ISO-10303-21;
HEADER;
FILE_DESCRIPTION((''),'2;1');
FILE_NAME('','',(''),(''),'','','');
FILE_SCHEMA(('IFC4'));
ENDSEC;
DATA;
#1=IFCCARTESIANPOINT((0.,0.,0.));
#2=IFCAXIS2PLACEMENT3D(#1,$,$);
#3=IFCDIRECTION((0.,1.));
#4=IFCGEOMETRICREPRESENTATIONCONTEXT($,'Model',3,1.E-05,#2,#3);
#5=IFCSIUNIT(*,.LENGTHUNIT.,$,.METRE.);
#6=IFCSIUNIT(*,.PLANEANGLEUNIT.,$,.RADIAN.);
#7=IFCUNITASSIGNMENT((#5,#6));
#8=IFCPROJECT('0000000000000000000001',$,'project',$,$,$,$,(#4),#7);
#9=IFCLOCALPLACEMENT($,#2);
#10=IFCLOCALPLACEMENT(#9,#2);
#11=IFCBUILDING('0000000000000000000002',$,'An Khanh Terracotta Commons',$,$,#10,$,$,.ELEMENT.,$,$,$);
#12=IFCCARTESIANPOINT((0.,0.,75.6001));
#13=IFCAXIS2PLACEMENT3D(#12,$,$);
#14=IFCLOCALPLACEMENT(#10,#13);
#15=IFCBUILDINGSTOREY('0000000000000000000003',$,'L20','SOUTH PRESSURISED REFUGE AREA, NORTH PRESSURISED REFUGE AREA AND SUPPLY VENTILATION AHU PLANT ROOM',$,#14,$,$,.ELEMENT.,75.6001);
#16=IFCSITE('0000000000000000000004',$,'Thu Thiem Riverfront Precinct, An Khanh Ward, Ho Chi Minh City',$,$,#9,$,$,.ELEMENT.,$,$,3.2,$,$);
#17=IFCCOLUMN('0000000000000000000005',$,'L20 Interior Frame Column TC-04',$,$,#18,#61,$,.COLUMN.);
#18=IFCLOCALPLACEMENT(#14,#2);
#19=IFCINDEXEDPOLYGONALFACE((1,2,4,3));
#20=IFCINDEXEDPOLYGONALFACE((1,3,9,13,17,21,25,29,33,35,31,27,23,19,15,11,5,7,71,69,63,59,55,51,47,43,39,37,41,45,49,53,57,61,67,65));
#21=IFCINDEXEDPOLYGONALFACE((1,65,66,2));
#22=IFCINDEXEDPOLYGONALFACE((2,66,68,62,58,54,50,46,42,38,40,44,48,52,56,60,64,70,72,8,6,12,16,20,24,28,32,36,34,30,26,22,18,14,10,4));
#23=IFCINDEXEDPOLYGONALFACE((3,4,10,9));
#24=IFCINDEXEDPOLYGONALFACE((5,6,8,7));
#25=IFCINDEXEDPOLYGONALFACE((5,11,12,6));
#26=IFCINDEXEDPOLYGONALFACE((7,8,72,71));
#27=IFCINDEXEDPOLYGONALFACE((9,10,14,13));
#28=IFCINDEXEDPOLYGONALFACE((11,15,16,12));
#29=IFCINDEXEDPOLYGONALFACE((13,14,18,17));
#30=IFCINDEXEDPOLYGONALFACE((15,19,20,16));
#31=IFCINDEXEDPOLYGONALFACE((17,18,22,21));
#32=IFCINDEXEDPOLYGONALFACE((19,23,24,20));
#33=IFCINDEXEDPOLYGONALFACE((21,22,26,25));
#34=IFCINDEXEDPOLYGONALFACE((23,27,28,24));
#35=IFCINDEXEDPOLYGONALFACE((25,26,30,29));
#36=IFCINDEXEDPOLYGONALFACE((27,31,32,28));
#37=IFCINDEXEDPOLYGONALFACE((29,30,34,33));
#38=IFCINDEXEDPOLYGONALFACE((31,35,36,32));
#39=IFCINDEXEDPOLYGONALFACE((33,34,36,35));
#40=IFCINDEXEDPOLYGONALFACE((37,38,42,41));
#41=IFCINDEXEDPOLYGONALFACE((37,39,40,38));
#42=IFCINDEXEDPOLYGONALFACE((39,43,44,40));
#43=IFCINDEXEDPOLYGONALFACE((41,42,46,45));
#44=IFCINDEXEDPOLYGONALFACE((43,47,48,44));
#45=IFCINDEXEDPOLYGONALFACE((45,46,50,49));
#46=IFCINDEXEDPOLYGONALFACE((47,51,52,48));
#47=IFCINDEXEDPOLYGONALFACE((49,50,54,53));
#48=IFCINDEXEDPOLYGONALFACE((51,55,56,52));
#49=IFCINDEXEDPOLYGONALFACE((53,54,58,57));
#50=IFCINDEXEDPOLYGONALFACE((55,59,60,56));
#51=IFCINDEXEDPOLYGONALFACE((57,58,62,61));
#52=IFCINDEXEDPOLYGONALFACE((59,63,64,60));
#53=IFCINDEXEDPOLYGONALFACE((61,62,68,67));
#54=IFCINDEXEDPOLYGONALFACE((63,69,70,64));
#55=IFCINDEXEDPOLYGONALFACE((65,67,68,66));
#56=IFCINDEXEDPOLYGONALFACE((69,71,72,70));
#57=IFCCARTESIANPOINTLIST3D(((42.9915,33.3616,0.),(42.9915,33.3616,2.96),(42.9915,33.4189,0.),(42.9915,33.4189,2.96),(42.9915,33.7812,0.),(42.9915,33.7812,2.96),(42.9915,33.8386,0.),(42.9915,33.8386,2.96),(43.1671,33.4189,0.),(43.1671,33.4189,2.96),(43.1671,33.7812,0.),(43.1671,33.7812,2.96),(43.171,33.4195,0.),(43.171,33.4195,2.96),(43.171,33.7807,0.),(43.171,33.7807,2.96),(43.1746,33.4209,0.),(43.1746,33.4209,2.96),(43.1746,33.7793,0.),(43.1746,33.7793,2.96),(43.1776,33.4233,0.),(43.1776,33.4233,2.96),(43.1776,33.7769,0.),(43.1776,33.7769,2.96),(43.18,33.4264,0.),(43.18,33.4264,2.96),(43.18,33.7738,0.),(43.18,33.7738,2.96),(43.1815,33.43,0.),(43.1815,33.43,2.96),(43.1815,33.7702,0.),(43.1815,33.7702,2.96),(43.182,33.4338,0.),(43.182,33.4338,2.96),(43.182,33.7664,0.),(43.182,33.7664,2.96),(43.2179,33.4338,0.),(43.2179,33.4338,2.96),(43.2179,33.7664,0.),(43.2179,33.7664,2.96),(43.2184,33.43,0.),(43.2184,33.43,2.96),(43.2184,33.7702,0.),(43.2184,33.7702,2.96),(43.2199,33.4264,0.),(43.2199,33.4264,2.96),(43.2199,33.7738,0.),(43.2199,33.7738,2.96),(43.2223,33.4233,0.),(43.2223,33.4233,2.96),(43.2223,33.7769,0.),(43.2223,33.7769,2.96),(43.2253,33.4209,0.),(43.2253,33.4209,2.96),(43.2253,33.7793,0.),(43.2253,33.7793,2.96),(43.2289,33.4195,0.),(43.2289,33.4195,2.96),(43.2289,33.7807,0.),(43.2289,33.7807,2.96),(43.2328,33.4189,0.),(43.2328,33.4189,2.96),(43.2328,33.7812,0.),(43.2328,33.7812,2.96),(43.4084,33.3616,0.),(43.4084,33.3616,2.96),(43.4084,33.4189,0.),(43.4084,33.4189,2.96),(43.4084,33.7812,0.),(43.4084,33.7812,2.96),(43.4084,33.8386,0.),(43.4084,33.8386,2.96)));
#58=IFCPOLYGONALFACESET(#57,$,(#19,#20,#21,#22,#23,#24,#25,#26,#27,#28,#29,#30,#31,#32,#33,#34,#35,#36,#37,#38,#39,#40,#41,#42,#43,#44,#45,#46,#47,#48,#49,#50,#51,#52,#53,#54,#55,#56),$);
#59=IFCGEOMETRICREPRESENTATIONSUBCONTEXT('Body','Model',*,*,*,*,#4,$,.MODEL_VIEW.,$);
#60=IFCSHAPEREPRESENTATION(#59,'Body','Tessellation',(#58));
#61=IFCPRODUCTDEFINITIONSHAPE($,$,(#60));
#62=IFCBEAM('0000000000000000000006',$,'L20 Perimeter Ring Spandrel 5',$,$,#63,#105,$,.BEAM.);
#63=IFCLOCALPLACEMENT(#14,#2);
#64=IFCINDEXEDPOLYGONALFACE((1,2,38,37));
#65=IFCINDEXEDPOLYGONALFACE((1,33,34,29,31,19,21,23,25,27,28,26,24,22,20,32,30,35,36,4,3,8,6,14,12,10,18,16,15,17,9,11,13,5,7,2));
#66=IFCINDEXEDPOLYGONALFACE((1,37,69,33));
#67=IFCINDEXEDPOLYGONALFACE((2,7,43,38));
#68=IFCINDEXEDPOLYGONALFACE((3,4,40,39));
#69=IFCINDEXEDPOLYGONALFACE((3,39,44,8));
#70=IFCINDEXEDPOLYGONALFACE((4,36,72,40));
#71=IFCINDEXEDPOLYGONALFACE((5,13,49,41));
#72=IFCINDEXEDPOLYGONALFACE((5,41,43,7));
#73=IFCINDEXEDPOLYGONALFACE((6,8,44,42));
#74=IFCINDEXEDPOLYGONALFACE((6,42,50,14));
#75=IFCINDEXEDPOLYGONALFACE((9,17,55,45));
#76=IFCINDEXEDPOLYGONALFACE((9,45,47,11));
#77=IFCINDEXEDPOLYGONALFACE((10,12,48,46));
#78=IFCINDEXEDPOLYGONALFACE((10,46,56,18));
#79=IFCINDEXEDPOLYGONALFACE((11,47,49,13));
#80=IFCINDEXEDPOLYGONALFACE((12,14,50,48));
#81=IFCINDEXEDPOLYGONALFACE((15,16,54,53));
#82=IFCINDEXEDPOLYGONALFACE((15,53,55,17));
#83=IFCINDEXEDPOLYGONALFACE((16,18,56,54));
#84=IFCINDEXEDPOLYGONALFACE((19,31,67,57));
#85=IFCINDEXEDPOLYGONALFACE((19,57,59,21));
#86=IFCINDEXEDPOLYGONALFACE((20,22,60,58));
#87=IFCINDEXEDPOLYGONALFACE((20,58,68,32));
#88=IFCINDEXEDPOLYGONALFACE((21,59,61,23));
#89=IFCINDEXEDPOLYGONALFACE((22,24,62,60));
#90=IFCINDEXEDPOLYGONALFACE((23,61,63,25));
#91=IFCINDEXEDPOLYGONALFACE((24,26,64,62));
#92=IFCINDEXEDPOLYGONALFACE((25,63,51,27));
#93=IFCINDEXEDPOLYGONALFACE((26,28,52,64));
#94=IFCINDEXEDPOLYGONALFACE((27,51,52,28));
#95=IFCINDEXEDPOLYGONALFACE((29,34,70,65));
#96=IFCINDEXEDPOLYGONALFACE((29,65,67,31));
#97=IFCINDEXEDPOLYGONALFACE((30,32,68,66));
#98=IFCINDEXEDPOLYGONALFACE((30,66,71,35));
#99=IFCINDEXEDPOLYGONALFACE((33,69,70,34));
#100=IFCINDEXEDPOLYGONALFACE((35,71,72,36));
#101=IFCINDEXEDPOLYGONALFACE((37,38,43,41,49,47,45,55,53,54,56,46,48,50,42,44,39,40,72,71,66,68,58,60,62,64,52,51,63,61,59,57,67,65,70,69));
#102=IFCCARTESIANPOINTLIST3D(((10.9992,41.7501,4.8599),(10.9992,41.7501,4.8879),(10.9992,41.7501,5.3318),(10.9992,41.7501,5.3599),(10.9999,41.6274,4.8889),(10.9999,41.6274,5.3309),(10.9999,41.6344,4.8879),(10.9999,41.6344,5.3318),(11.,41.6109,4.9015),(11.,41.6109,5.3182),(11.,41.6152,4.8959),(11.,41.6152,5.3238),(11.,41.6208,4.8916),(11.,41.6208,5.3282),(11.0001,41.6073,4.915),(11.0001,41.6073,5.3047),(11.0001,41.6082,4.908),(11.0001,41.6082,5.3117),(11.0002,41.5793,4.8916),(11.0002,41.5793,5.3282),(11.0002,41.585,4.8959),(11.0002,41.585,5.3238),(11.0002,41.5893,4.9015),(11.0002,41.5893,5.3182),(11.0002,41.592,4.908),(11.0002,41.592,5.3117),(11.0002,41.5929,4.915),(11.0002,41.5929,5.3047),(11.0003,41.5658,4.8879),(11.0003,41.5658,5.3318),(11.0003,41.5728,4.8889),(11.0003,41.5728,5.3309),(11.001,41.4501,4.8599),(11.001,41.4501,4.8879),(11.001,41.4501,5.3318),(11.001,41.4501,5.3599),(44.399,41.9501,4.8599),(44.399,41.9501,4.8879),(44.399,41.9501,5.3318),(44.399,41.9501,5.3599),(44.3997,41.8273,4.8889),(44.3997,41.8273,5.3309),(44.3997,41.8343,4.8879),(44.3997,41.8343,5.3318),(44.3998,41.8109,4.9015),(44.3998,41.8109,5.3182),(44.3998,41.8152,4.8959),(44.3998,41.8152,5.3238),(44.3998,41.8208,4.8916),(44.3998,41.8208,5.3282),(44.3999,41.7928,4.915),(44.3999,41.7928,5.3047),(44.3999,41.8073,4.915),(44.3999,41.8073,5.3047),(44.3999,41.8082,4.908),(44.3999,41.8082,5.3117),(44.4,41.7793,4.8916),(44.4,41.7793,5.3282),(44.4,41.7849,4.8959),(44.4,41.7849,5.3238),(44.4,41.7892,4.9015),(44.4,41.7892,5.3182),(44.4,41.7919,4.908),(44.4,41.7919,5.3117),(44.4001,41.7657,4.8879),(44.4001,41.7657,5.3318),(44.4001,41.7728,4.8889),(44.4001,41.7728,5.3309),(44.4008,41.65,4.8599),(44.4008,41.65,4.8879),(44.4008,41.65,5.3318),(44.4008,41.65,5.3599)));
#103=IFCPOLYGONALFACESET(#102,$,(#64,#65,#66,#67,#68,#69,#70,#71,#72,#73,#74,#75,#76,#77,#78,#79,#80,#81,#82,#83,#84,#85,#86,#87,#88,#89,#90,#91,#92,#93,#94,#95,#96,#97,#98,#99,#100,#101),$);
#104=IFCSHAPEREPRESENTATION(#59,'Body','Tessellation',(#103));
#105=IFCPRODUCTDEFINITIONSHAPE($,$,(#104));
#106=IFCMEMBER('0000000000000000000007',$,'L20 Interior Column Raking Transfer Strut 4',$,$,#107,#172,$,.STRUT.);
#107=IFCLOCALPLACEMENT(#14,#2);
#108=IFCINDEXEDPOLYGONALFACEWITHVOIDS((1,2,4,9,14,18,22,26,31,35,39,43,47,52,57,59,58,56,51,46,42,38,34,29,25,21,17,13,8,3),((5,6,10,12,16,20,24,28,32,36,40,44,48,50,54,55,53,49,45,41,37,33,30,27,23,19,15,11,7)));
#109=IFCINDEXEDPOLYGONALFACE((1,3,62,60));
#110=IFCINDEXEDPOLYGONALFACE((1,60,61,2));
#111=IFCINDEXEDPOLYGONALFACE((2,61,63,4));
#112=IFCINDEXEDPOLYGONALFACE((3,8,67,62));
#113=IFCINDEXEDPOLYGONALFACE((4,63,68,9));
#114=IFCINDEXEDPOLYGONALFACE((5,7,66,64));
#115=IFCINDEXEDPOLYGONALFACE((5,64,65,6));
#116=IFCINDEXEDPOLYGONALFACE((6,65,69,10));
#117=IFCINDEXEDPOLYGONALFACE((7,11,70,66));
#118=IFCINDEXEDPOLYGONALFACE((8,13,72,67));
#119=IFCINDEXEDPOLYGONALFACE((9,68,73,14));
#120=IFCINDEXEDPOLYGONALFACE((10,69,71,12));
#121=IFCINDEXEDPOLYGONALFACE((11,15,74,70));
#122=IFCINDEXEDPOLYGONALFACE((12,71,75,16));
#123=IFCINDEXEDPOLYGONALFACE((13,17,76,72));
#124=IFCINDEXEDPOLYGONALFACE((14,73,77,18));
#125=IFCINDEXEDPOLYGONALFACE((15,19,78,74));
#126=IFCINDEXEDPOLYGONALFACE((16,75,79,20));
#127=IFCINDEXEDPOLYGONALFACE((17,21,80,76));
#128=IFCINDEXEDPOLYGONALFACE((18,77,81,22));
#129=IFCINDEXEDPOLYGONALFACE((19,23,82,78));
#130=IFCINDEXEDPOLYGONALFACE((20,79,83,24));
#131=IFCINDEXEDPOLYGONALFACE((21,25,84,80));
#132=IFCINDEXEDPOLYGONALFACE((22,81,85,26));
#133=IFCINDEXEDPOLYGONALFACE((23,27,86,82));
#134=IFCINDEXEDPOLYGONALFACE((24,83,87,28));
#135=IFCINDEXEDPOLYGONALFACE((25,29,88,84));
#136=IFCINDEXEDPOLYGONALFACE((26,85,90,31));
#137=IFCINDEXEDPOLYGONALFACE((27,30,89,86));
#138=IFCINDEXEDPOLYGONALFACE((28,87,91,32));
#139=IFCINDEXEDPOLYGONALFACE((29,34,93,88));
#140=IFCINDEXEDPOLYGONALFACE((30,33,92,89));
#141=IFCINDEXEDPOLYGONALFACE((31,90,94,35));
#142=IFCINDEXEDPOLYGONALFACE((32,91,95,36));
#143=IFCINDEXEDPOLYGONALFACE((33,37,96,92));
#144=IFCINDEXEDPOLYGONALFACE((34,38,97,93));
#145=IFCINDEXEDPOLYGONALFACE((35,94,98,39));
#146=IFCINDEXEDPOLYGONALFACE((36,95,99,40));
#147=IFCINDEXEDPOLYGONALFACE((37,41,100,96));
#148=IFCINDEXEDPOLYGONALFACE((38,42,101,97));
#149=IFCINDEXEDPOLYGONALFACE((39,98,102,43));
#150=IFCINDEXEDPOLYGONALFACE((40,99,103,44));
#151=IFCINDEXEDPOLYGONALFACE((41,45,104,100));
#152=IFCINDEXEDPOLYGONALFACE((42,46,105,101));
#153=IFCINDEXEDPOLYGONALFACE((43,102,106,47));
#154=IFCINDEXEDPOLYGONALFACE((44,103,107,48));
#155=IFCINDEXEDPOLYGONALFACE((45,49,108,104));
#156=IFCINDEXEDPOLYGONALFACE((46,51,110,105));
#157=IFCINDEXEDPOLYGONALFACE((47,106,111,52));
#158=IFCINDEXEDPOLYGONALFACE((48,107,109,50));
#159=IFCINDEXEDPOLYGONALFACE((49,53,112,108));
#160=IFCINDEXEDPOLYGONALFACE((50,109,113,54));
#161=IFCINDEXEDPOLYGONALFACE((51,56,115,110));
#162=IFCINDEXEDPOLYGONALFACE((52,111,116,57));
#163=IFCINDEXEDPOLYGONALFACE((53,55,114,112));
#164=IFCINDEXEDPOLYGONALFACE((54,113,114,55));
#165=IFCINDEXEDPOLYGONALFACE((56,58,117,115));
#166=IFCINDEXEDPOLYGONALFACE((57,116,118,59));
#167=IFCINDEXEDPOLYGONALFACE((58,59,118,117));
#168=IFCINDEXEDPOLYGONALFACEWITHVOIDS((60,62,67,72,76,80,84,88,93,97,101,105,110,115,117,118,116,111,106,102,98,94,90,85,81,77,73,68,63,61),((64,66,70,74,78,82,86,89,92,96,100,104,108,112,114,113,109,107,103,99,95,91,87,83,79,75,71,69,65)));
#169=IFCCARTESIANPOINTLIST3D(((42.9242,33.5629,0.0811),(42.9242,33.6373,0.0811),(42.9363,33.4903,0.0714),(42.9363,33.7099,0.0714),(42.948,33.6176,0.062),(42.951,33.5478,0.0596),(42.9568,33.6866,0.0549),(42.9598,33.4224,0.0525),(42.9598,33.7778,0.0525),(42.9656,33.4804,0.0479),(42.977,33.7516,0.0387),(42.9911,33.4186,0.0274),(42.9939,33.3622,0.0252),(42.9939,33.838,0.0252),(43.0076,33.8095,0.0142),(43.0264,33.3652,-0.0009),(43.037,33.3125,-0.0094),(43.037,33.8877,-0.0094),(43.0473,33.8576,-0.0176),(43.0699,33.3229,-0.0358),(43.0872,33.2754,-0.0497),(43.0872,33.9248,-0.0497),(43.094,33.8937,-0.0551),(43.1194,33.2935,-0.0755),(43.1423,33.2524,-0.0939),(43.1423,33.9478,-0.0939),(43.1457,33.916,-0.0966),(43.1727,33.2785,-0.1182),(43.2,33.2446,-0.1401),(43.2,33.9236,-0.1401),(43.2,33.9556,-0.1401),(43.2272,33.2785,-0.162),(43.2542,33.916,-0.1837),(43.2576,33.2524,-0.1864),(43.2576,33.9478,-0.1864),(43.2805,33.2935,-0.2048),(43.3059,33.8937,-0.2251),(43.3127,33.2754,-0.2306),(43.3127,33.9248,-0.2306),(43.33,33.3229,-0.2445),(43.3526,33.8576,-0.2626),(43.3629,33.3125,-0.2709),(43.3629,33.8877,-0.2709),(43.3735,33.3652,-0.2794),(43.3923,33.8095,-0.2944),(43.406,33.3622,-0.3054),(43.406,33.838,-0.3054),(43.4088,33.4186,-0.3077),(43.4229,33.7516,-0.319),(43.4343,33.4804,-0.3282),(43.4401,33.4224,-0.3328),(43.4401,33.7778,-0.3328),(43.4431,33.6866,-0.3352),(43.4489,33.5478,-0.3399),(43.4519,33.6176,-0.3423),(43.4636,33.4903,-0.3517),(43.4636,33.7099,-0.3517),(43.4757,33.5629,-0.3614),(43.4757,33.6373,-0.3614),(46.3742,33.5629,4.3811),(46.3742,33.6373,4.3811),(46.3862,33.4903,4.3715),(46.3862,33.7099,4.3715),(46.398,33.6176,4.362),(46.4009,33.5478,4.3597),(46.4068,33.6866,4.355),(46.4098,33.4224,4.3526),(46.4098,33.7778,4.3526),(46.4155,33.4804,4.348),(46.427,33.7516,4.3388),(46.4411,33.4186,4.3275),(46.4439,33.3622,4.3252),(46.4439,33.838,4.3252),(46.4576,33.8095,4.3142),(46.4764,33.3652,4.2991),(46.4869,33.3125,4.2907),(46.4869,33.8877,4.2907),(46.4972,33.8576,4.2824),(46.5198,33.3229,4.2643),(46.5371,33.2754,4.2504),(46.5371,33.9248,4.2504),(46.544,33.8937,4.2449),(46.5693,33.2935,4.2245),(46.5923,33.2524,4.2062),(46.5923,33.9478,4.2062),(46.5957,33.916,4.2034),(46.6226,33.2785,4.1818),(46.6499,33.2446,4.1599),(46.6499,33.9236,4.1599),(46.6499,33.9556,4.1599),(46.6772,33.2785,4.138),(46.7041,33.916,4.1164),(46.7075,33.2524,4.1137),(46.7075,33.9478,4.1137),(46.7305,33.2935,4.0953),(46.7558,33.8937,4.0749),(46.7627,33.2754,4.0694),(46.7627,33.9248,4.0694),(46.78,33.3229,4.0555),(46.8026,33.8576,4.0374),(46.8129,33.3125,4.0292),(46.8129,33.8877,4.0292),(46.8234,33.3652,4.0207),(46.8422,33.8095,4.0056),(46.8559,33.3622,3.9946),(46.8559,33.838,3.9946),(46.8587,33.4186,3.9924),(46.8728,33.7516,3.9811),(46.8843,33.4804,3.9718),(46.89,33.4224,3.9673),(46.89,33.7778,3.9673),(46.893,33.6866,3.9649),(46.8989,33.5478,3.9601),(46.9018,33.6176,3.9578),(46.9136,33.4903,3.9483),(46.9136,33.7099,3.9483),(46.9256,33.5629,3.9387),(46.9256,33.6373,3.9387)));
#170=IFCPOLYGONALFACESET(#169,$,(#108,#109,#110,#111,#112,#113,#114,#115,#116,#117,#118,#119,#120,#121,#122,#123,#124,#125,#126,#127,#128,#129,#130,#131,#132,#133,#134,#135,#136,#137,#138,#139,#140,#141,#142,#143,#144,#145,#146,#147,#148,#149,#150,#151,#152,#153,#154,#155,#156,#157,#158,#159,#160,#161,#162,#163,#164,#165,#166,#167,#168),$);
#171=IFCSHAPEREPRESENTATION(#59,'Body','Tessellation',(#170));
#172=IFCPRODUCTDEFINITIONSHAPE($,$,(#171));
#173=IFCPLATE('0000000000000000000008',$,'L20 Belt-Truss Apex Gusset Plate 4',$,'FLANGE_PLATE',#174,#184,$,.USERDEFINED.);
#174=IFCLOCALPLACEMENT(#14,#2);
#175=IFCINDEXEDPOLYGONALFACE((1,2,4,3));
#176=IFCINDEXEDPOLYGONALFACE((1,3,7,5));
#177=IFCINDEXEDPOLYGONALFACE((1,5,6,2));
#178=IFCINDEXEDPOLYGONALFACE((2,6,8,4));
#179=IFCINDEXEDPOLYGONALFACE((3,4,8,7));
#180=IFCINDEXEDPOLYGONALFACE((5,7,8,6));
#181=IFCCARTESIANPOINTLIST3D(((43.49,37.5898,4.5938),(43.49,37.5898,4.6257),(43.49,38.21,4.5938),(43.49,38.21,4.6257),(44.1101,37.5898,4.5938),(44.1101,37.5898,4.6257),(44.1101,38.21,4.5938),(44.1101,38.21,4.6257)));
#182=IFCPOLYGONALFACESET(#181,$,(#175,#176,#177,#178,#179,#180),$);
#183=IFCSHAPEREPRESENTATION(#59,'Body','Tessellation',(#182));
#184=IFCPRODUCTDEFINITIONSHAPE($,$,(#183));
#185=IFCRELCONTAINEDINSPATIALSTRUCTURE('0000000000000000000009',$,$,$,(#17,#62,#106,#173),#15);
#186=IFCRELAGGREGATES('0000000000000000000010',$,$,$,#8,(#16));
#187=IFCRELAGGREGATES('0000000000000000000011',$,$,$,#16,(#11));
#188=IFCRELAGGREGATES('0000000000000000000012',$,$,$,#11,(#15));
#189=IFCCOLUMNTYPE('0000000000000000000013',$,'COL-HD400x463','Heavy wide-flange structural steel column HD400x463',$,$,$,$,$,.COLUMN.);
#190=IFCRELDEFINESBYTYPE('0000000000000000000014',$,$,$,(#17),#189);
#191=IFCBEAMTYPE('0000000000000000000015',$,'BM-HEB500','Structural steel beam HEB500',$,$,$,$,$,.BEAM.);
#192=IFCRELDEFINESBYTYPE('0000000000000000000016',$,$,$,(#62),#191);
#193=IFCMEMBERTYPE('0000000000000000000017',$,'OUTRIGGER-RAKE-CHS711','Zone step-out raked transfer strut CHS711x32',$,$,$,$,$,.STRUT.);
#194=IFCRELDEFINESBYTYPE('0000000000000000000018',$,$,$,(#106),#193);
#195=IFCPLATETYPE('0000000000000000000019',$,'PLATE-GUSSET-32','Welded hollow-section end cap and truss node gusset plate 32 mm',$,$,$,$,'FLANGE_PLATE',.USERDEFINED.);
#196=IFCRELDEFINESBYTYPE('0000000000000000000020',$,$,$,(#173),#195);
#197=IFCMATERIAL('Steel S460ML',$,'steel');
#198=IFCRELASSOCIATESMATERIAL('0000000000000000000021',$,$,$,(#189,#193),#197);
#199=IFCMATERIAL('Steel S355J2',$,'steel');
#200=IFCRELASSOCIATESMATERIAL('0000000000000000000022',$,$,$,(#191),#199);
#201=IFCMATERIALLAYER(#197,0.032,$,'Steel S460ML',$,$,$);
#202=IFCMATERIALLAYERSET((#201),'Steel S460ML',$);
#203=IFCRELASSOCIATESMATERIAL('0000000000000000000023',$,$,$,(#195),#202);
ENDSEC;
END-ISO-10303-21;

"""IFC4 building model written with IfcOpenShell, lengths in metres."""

from ifc_helpers import new_model, si_unit, direction, frame, origin, origin_2d, place, context, subcontext, project, spatial, rectangle, hollow_circle, i_section, extrude, material, layer, layer_set, material_profile, profile_set, type_object, element, save


model = new_model("IFC4")

# Units and contexts
model_context = context("Model", 3, precision=1e-05, world=origin(), true_north=direction((0.0, 1.0)))
body_context = subcontext(model_context, "Body", "Model", "MODEL_VIEW")
ifc_project = project(units=[si_unit("LENGTHUNIT", "METRE"), si_unit("PLANEANGLEUNIT", "RADIAN")], contexts=[model_context])

# Site, building, storey
site_placement = place(None, origin())
site = spatial("IfcSite", under=ifc_project, at=site_placement, Name="Thu Thiem Riverfront Precinct, An Khanh Ward, Ho Chi Minh City", CompositionType="ELEMENT", RefElevation=3.2)
building_placement = place(site_placement, origin())
building = spatial("IfcBuilding", under=site, at=building_placement, Name="An Khanh Terracotta Commons", CompositionType="ELEMENT")
storey_placement = place(building_placement, frame((0.0, 0.0, 75.6001)))
storey = spatial("IfcBuildingStorey", under=building, at=storey_placement, Name="L20", Description="SOUTH PRESSURISED REFUGE AREA, NORTH PRESSURISED REFUGE AREA AND SUPPLY VENTILATION AHU PLANT ROOM", CompositionType="ELEMENT", Elevation=75.6001)

# Column
ifc_material_1 = material(Name="Steel S460ML", Category="steel")
ifc_material_profile_1 = material_profile(ifc_material_1, i_section(OverallWidth=0.417, OverallDepth=0.4771, WebThickness=0.0359, FlangeThickness=0.0574, FilletRadius=0.0149, at=origin_2d()), Name="HD400x463")
ifc_profile_set_1 = profile_set([ifc_material_profile_1], Name="Steel S460ML")
column_type = type_object("IfcColumnType", Name="COL-HD400x463", Description="Heavy wide-flange structural steel column HD400x463", PredefinedType="COLUMN", material=ifc_profile_set_1)
column_placement = place(storey_placement, frame((43.2, 33.6001, 0.0), z_axis=(0.0, 0.0, 1.0), x_axis=(1.0, 0.0, 0.0)))
element("IfcColumn", 1, at=column_placement, inside=storey, type_object=column_type, Name="L20 Interior Frame Column TC-04", PredefinedType="COLUMN", context=body_context, shape_type="SweptSolid", body=[
    extrude(i_section(OverallWidth=0.417, OverallDepth=0.4771, WebThickness=0.0359, FlangeThickness=0.0574, FilletRadius=0.0149, at=origin_2d()), origin(), (0.0, 0.0, 1.0), 2.96),
])

# Beam
ifc_material_2 = material(Name="Steel S355J2", Category="steel")
ifc_material_profile_2 = material_profile(ifc_material_2, i_section(OverallWidth=0.3, OverallDepth=0.5, WebThickness=0.0144, FlangeThickness=0.0281, FilletRadius=0.0271, at=origin_2d()), Name="HEB500")
ifc_profile_set_2 = profile_set([ifc_material_profile_2], Name="Steel S355J2")
beam_type = type_object("IfcBeamType", Name="BM-HEB500", Description="Structural steel beam HEB500", PredefinedType="BEAM", material=ifc_profile_set_2)
beam_placement = place(storey_placement, frame((44.3999, 41.8, 5.1099), z_axis=(-0.999982, -0.005986, 0.0), x_axis=(0.005986, -0.999982, 0.0)))
element("IfcBeam", 2, at=beam_placement, inside=storey, type_object=beam_type, Name="L20 Perimeter Ring Spandrel 5", PredefinedType="BEAM", context=body_context, shape_type="SweptSolid", body=[
    extrude(i_section(OverallWidth=0.3, OverallDepth=0.5, WebThickness=0.0144, FlangeThickness=0.0281, FilletRadius=0.0271, at=origin_2d()), origin(), (0.0, 0.0, 1.0), 33.4004),
])

# Member
ifc_material_profile_3 = material_profile(ifc_material_1, hollow_circle(Radius=0.3555, WallThickness=0.032, at=origin_2d()), Name="CHS711x32")
ifc_profile_set_3 = profile_set([ifc_material_profile_3], Name="Steel S460ML")
member_type = type_object("IfcMemberType", Name="OUTRIGGER-RAKE-CHS711", Description="Zone step-out raked transfer strut CHS711x32", PredefinedType="STRUT", material=ifc_profile_set_3)
member_placement = place(storey_placement, frame((43.2, 33.6001, -0.1401), z_axis=(0.625791, 0.0, 0.779991), x_axis=(0.0, 1.0, 0.0)))
element("IfcMember", 3, at=member_placement, inside=storey, type_object=member_type, Name="L20 Interior Column Raking Transfer Strut 4", PredefinedType="STRUT", context=body_context, shape_type="SweptSolid", body=[
    extrude(hollow_circle(Radius=0.3555, WallThickness=0.032, at=origin_2d()), origin(), (0.0, 0.0, 1.0), 5.5129),
])

# Plate
ifc_layer_1 = layer(ifc_material_1, 0.032, Name="Steel S460ML")
ifc_layer_set_1 = layer_set([ifc_layer_1], Name="Steel S460ML")
plate_type_1 = type_object("IfcPlateType", Name="PLATE-GUSSET-32", Description="Welded hollow-section end cap and truss node gusset plate 32 mm", ElementType="FLANGE_PLATE", PredefinedType="USERDEFINED", material=ifc_layer_set_1)
plate_1_placement = place(storey_placement, frame((43.8, 37.8999, 4.5938), z_axis=(0.0, 0.0, 1.0), x_axis=(1.0, 0.0, 0.0)))
element("IfcPlate", 4, at=plate_1_placement, inside=storey, type_object=plate_type_1, Name="L20 Belt-Truss Apex Gusset Plate 4", ObjectType="FLANGE_PLATE", PredefinedType="USERDEFINED", context=body_context, shape_type="SweptSolid", body=[
    extrude(rectangle(XDim=0.6201, YDim=0.6201, at=origin_2d()), origin(), (0.0, 0.0, 1.0), 0.032),
])

save(model, "model.ifc")
